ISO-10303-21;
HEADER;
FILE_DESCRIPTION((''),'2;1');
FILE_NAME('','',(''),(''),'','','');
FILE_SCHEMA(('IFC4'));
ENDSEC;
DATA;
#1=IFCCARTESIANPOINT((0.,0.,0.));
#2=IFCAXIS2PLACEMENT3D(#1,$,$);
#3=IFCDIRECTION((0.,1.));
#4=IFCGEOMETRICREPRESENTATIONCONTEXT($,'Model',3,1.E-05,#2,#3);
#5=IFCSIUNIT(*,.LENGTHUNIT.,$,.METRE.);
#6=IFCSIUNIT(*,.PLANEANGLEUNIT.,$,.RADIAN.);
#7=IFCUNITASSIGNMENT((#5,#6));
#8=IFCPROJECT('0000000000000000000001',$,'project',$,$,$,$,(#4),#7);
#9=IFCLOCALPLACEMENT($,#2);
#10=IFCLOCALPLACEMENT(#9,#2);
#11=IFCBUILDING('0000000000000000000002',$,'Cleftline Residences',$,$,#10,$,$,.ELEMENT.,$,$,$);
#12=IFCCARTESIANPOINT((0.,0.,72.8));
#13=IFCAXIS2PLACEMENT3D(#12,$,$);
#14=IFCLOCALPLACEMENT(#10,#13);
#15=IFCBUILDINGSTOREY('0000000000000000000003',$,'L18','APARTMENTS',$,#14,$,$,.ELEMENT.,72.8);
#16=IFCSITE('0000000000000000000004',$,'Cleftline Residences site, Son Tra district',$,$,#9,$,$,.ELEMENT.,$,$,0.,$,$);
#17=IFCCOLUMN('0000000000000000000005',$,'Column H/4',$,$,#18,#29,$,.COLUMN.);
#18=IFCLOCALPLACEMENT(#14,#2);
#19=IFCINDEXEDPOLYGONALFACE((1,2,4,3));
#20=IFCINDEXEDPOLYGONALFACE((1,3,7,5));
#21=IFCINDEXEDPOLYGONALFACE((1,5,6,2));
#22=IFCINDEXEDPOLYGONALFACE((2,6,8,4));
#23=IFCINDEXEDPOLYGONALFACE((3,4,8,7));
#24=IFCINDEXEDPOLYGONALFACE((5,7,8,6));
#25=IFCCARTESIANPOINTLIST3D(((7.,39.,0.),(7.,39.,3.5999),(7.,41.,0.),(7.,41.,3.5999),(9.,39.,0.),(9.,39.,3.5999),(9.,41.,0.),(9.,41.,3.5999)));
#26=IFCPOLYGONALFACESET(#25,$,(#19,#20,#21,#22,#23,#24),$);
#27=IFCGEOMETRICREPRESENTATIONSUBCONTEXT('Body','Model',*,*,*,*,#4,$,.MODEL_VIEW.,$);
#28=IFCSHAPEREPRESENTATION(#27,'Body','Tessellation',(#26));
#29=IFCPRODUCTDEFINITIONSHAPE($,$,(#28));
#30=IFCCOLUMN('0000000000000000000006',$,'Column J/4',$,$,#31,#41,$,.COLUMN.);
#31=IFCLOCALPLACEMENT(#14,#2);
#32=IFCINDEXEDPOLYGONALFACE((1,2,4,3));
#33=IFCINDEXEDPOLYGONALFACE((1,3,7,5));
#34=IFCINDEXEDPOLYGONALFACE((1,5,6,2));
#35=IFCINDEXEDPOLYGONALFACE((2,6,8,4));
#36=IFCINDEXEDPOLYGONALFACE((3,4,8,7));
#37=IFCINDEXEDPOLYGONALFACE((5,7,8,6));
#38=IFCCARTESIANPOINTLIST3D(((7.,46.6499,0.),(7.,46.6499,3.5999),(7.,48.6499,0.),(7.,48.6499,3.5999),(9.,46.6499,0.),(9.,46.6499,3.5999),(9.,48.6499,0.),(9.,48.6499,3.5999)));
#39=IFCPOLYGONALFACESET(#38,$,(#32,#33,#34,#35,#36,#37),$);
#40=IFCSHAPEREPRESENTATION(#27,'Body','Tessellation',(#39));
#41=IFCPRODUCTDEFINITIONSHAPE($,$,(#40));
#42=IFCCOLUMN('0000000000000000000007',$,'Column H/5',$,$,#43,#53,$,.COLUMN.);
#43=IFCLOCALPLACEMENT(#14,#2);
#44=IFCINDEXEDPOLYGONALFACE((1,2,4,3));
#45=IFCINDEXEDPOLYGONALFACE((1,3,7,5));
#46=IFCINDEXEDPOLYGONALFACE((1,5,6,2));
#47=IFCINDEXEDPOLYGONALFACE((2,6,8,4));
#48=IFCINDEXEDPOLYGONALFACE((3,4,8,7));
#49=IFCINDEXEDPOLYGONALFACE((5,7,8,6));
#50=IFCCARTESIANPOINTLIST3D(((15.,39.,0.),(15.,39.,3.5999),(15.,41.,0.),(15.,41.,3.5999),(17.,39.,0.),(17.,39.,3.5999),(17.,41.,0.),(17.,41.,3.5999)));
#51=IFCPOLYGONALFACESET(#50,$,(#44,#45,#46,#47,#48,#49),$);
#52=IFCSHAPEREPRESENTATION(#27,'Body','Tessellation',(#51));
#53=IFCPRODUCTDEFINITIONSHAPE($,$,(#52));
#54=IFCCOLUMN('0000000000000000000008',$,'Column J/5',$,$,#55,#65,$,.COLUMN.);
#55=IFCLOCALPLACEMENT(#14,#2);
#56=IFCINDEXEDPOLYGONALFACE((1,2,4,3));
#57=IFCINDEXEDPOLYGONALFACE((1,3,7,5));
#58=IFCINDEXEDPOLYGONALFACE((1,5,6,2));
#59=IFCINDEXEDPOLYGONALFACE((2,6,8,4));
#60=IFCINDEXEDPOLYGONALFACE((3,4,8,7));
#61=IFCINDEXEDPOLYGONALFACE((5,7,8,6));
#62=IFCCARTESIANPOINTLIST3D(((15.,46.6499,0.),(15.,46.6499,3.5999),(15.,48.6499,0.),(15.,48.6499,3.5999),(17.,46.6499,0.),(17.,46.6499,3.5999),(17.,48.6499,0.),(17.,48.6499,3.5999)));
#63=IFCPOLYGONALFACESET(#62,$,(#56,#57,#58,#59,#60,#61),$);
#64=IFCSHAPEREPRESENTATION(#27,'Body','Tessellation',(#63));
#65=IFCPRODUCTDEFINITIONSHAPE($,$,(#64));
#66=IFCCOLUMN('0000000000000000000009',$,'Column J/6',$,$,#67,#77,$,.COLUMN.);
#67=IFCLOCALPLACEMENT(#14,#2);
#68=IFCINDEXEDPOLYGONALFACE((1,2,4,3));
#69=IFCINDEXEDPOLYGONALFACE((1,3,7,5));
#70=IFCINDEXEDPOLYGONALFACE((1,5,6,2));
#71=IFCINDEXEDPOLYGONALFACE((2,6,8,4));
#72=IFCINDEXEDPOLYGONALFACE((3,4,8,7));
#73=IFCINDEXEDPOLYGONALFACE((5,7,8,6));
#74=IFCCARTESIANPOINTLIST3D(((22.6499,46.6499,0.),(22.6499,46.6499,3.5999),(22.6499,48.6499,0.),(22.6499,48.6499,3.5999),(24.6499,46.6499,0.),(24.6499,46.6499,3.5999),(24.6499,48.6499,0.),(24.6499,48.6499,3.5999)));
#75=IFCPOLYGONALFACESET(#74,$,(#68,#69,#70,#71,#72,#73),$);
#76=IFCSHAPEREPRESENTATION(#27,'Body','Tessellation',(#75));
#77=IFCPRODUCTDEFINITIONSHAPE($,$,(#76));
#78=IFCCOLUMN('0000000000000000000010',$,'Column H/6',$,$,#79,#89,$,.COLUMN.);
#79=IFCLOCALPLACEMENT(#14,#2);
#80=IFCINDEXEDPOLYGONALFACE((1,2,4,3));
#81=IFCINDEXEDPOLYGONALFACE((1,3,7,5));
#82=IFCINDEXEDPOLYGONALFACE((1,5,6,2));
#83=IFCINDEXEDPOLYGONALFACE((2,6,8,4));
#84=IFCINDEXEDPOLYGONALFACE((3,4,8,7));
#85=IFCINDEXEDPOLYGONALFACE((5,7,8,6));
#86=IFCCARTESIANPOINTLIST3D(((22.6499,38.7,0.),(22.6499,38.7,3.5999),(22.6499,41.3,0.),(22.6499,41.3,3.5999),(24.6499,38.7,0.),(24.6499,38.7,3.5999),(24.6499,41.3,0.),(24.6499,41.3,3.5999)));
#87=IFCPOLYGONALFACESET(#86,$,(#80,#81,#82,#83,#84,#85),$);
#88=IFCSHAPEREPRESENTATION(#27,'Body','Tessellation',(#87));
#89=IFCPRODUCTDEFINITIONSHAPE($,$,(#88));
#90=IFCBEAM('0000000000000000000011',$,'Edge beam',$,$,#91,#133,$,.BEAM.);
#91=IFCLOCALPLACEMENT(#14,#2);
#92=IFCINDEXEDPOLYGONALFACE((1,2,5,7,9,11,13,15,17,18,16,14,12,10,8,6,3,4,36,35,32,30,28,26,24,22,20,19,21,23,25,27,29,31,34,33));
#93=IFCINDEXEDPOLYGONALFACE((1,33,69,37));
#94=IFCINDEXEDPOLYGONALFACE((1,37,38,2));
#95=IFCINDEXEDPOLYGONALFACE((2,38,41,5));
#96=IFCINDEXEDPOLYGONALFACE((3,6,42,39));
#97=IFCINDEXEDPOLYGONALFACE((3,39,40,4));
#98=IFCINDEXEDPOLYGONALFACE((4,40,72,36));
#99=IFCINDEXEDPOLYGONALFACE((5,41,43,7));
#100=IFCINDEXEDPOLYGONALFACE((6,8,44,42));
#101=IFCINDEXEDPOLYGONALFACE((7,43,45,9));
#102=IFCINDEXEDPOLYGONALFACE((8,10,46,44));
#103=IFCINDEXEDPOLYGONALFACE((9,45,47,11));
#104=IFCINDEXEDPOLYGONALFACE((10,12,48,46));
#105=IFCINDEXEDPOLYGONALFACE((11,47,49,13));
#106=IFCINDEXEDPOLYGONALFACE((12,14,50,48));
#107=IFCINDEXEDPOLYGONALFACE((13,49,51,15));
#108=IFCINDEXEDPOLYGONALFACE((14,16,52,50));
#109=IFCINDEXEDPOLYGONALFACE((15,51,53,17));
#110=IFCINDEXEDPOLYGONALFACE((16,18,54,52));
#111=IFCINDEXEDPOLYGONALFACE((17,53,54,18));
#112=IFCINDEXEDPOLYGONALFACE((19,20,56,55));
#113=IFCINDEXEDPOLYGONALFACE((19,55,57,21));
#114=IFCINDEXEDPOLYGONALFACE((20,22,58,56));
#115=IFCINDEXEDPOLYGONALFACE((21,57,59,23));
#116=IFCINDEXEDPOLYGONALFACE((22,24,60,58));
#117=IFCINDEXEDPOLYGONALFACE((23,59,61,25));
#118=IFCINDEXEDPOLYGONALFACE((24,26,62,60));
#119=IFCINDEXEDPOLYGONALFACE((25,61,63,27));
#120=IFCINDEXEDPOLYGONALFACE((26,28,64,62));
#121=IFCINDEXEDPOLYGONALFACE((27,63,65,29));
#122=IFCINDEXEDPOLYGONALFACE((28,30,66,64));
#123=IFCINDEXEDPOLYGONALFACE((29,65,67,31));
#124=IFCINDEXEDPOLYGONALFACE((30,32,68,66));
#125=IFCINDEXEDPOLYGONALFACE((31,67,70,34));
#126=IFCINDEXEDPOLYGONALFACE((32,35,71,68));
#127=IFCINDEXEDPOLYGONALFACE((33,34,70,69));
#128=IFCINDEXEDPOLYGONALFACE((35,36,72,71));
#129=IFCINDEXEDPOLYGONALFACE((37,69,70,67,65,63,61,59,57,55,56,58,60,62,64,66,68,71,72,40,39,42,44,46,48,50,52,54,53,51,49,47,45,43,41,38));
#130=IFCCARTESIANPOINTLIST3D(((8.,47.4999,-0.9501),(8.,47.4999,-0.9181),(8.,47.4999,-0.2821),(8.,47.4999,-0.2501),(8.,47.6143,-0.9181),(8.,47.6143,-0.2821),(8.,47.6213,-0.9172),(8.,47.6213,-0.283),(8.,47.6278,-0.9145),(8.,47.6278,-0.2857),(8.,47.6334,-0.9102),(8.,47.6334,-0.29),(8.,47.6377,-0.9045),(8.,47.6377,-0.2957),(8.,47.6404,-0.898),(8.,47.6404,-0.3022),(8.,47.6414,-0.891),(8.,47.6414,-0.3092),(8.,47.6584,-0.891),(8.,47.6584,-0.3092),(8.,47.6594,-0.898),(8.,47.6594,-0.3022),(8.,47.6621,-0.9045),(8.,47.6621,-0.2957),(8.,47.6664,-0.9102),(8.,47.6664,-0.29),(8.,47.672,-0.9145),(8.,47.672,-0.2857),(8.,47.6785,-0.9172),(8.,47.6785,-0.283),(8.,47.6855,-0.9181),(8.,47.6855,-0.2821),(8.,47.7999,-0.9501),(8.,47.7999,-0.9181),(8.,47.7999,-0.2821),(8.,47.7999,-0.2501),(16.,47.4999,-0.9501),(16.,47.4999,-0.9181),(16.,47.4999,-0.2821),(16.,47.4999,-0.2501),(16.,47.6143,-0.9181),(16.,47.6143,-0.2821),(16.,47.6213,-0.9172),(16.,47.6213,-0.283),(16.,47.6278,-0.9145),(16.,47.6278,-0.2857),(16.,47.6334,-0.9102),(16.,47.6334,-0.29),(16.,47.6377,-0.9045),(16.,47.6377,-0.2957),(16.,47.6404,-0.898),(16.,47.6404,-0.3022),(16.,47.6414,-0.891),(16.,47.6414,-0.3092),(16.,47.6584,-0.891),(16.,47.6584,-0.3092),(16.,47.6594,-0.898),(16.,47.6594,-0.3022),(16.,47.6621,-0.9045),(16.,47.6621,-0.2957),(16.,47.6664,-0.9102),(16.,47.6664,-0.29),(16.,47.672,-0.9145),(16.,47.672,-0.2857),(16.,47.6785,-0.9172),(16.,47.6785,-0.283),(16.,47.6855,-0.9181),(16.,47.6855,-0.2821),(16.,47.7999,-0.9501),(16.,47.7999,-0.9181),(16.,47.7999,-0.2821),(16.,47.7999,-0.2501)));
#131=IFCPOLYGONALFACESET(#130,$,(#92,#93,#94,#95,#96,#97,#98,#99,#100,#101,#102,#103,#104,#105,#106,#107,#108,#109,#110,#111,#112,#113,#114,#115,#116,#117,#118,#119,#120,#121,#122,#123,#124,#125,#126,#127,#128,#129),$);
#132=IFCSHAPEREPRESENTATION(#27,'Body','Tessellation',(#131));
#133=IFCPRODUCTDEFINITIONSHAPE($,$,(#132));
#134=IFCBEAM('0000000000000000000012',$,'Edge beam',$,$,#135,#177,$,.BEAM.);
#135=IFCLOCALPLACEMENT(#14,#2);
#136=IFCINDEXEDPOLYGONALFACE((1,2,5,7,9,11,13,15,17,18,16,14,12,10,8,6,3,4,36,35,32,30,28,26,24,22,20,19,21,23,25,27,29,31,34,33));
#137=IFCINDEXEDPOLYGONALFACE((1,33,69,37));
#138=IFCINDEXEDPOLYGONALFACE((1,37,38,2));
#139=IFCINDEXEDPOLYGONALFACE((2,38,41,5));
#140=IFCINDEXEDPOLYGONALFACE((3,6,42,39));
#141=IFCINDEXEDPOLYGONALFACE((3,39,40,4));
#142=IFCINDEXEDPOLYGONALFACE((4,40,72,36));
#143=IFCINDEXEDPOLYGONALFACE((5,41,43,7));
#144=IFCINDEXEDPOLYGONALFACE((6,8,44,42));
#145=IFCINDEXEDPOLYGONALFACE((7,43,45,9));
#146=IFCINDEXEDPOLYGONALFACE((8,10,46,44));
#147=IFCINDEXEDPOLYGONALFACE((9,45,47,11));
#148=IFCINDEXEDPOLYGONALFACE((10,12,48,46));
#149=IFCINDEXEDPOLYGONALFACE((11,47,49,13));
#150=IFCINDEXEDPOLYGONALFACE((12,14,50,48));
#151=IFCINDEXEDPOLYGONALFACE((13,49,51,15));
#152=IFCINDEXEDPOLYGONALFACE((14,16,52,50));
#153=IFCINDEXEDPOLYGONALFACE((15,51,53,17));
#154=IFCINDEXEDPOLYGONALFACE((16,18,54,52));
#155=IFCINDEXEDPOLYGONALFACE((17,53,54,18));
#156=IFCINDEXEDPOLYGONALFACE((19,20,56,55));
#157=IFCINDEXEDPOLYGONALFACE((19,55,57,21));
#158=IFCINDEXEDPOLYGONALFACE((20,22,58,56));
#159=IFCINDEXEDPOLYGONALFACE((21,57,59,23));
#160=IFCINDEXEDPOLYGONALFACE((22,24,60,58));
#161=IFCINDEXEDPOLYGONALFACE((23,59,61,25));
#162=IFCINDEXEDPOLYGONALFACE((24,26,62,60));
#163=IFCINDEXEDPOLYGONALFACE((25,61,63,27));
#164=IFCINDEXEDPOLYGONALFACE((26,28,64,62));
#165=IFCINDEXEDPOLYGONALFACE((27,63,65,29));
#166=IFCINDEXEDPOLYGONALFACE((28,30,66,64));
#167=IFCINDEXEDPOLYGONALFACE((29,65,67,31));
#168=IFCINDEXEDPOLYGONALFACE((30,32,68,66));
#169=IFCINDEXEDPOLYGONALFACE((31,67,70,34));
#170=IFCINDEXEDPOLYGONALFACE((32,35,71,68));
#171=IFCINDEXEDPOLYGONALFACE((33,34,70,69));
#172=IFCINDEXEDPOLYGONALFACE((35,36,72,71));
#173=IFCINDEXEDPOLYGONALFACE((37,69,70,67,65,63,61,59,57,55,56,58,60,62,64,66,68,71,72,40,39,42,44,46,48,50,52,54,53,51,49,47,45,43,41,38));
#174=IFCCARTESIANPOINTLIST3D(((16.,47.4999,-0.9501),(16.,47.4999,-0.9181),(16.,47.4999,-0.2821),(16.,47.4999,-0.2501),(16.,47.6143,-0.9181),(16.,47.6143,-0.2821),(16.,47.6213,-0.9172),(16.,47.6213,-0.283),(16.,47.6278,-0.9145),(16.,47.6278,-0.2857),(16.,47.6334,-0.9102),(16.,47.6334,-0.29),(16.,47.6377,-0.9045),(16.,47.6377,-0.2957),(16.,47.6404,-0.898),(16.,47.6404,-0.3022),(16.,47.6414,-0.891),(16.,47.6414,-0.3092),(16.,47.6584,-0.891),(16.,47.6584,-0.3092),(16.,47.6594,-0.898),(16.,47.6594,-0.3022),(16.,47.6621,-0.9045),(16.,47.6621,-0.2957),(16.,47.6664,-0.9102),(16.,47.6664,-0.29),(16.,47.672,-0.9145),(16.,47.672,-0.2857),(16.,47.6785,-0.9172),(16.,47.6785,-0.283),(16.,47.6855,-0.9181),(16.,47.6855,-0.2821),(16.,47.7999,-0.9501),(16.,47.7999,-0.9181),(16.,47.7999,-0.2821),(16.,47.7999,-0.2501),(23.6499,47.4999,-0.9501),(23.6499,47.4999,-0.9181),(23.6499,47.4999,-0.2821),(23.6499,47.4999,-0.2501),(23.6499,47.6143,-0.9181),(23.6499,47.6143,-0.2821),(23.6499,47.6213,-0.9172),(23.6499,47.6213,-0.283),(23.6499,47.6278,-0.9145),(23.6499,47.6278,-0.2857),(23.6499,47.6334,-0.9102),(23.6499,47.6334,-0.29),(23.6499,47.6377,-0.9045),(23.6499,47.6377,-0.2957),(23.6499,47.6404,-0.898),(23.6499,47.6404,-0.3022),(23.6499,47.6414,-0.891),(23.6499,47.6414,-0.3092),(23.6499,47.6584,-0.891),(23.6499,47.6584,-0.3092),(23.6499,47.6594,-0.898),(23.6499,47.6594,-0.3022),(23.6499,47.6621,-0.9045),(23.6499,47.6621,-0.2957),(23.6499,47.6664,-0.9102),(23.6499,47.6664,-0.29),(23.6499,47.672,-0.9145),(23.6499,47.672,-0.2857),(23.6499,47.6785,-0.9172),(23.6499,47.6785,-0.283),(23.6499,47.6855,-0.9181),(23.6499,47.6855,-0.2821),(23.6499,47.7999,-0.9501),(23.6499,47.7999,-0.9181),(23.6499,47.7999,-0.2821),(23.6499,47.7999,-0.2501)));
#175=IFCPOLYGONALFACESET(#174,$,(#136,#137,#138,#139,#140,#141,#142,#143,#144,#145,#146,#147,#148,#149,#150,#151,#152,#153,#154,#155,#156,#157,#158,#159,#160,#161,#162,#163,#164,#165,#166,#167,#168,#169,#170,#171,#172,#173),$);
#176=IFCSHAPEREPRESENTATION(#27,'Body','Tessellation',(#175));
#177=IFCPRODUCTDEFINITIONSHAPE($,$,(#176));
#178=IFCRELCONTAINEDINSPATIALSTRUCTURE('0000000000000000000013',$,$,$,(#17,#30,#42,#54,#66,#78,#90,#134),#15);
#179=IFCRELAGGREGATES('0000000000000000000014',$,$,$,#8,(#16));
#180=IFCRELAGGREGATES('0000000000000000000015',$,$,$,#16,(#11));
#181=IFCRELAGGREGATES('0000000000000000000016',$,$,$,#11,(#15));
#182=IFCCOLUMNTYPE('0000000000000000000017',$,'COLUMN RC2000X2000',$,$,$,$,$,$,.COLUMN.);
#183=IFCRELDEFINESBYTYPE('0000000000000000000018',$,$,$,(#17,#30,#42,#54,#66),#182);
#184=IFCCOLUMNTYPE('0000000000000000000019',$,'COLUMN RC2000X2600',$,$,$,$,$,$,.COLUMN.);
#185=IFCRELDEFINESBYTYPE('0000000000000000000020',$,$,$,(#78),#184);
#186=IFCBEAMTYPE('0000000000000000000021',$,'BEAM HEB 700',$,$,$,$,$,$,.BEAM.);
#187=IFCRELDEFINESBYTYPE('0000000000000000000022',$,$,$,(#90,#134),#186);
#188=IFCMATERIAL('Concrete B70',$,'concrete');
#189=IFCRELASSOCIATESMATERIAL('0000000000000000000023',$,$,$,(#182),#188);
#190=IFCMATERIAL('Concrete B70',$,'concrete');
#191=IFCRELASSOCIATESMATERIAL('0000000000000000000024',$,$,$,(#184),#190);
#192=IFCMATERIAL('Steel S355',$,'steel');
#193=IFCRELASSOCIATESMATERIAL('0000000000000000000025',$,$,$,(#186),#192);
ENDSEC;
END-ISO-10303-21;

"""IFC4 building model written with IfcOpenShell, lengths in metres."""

from ifc_helpers import new_model, si_unit, direction, frame, origin, origin_2d, place, context, subcontext, project, spatial, rectangle, i_section, extrude, material, material_profile, profile_set, type_object, element, save


model = new_model("IFC4")

# Units and contexts
model_context = context("Model", 3, precision=1e-05, world=origin(), true_north=direction((0.0, 1.0)))
body_context = subcontext(model_context, "Body", "Model", "MODEL_VIEW")
ifc_project = project(units=[si_unit("LENGTHUNIT", "METRE"), si_unit("PLANEANGLEUNIT", "RADIAN")], contexts=[model_context])

# Site, building, storey
site_placement = place(None, origin())
site = spatial("IfcSite", under=ifc_project, at=site_placement, Name="Cleftline Residences site, Son Tra district", CompositionType="ELEMENT", RefElevation=0.0)
building_placement = place(site_placement, origin())
building = spatial("IfcBuilding", under=site, at=building_placement, Name="Cleftline Residences", CompositionType="ELEMENT")
storey_placement = place(building_placement, frame((0.0, 0.0, 72.8)))
storey = spatial("IfcBuildingStorey", under=building, at=storey_placement, Name="L18", Description="APARTMENTS", CompositionType="ELEMENT", Elevation=72.8)

# Columns
ifc_material_1 = material(Name="Concrete B70", Category="concrete")
ifc_material_profile_1 = material_profile(ifc_material_1, rectangle(XDim=2.0, YDim=2.0, at=origin_2d()))
ifc_profile_set_1 = profile_set([ifc_material_profile_1], Name="Concrete B70")
column_type_1 = type_object("IfcColumnType", Name="COLUMN RC2000X2000", PredefinedType="COLUMN", material=ifc_profile_set_1)
for number, where, z_axis, x_axis, name in (
    (1, (8.0, 40.0, 0.0), (0.0, 0.0, 1.0), (1.0, 0.0, 0.0), "Column H/4"),
    (2, (8.0, 47.6499, 0.0), (0.0, 0.0, 1.0), (1.0, 0.0, 0.0), "Column J/4"),
    (3, (16.0, 40.0, 0.0), (0.0, 0.0, 1.0), (1.0, 0.0, 0.0), "Column H/5"),
    (4, (16.0, 47.6499, 0.0), (0.0, 0.0, 1.0), (1.0, 0.0, 0.0), "Column J/5"),
    (5, (23.6499, 47.6499, 0.0), (0.0, 0.0, 1.0), (1.0, 0.0, 0.0), "Column J/6"),
):
    element("IfcColumn", number, at=place(storey_placement, frame(where, z_axis=z_axis, x_axis=x_axis)), inside=storey, type_object=column_type_1, Name=name, PredefinedType="COLUMN", context=body_context, shape_type="SweptSolid", body=[
        extrude(rectangle(XDim=2.0, YDim=2.0, at=origin_2d()), origin(), (0.0, 0.0, 1.0), 3.5999),
    ])
ifc_material_2 = material(Name="Concrete B70", Category="concrete")
ifc_material_profile_2 = material_profile(ifc_material_2, rectangle(XDim=2.0, YDim=2.6001, at=origin_2d()))
ifc_profile_set_2 = profile_set([ifc_material_profile_2], Name="Concrete B70")
column_type_2 = type_object("IfcColumnType", Name="COLUMN RC2000X2600", PredefinedType="COLUMN", material=ifc_profile_set_2)
column_placement = place(storey_placement, frame((23.6499, 40.0, 0.0), z_axis=(0.0, 0.0, 1.0), x_axis=(1.0, 0.0, 0.0)))
element("IfcColumn", 6, at=column_placement, inside=storey, type_object=column_type_2, Name="Column H/6", PredefinedType="COLUMN", context=body_context, shape_type="SweptSolid", body=[
    extrude(rectangle(XDim=2.0, YDim=2.6001, at=origin_2d()), origin(), (0.0, 0.0, 1.0), 3.5999),
])

# Beams
ifc_material_3 = material(Name="Steel S355", Category="steel")
ifc_material_profile_3 = material_profile(ifc_material_3, i_section(OverallWidth=0.3, OverallDepth=0.7, WebThickness=0.0171, FlangeThickness=0.032, FilletRadius=0.0271, at=origin_2d()))
ifc_profile_set_3 = profile_set([ifc_material_profile_3], Name="Steel S355")
beam_type = type_object("IfcBeamType", Name="BEAM HEB 700", PredefinedType="BEAM", material=ifc_profile_set_3)
beam_placement = place(storey_placement, frame((8.0, 47.6499, -0.6001), z_axis=(1.0, 0.0, 0.0), x_axis=(0.0, 1.0, 0.0)))
element("IfcBeam", 7, at=beam_placement, inside=storey, type_object=beam_type, Name="Edge beam", PredefinedType="BEAM", context=body_context, shape_type="SweptSolid", body=[
    extrude(i_section(OverallWidth=0.3, OverallDepth=0.7, WebThickness=0.0171, FlangeThickness=0.032, FilletRadius=0.0271, at=origin_2d()), origin(), (0.0, 0.0, 1.0), 8.0),
])
for number, where, z_axis, x_axis, name in (
    (8, (16.0, 47.6499, -0.6001), (1.0, 0.0, 0.0), (0.0, 1.0, 0.0), "Edge beam"),
):
    element("IfcBeam", number, at=place(storey_placement, frame(where, z_axis=z_axis, x_axis=x_axis)), inside=storey, type_object=beam_type, Name=name, PredefinedType="BEAM", context=body_context, shape_type="SweptSolid", body=[
        extrude(i_section(OverallWidth=0.3, OverallDepth=0.7, WebThickness=0.0171, FlangeThickness=0.032, FilletRadius=0.0271, at=origin_2d()), origin(), (0.0, 0.0, 1.0), 7.6499),
    ])

save(model, "model.ifc")
